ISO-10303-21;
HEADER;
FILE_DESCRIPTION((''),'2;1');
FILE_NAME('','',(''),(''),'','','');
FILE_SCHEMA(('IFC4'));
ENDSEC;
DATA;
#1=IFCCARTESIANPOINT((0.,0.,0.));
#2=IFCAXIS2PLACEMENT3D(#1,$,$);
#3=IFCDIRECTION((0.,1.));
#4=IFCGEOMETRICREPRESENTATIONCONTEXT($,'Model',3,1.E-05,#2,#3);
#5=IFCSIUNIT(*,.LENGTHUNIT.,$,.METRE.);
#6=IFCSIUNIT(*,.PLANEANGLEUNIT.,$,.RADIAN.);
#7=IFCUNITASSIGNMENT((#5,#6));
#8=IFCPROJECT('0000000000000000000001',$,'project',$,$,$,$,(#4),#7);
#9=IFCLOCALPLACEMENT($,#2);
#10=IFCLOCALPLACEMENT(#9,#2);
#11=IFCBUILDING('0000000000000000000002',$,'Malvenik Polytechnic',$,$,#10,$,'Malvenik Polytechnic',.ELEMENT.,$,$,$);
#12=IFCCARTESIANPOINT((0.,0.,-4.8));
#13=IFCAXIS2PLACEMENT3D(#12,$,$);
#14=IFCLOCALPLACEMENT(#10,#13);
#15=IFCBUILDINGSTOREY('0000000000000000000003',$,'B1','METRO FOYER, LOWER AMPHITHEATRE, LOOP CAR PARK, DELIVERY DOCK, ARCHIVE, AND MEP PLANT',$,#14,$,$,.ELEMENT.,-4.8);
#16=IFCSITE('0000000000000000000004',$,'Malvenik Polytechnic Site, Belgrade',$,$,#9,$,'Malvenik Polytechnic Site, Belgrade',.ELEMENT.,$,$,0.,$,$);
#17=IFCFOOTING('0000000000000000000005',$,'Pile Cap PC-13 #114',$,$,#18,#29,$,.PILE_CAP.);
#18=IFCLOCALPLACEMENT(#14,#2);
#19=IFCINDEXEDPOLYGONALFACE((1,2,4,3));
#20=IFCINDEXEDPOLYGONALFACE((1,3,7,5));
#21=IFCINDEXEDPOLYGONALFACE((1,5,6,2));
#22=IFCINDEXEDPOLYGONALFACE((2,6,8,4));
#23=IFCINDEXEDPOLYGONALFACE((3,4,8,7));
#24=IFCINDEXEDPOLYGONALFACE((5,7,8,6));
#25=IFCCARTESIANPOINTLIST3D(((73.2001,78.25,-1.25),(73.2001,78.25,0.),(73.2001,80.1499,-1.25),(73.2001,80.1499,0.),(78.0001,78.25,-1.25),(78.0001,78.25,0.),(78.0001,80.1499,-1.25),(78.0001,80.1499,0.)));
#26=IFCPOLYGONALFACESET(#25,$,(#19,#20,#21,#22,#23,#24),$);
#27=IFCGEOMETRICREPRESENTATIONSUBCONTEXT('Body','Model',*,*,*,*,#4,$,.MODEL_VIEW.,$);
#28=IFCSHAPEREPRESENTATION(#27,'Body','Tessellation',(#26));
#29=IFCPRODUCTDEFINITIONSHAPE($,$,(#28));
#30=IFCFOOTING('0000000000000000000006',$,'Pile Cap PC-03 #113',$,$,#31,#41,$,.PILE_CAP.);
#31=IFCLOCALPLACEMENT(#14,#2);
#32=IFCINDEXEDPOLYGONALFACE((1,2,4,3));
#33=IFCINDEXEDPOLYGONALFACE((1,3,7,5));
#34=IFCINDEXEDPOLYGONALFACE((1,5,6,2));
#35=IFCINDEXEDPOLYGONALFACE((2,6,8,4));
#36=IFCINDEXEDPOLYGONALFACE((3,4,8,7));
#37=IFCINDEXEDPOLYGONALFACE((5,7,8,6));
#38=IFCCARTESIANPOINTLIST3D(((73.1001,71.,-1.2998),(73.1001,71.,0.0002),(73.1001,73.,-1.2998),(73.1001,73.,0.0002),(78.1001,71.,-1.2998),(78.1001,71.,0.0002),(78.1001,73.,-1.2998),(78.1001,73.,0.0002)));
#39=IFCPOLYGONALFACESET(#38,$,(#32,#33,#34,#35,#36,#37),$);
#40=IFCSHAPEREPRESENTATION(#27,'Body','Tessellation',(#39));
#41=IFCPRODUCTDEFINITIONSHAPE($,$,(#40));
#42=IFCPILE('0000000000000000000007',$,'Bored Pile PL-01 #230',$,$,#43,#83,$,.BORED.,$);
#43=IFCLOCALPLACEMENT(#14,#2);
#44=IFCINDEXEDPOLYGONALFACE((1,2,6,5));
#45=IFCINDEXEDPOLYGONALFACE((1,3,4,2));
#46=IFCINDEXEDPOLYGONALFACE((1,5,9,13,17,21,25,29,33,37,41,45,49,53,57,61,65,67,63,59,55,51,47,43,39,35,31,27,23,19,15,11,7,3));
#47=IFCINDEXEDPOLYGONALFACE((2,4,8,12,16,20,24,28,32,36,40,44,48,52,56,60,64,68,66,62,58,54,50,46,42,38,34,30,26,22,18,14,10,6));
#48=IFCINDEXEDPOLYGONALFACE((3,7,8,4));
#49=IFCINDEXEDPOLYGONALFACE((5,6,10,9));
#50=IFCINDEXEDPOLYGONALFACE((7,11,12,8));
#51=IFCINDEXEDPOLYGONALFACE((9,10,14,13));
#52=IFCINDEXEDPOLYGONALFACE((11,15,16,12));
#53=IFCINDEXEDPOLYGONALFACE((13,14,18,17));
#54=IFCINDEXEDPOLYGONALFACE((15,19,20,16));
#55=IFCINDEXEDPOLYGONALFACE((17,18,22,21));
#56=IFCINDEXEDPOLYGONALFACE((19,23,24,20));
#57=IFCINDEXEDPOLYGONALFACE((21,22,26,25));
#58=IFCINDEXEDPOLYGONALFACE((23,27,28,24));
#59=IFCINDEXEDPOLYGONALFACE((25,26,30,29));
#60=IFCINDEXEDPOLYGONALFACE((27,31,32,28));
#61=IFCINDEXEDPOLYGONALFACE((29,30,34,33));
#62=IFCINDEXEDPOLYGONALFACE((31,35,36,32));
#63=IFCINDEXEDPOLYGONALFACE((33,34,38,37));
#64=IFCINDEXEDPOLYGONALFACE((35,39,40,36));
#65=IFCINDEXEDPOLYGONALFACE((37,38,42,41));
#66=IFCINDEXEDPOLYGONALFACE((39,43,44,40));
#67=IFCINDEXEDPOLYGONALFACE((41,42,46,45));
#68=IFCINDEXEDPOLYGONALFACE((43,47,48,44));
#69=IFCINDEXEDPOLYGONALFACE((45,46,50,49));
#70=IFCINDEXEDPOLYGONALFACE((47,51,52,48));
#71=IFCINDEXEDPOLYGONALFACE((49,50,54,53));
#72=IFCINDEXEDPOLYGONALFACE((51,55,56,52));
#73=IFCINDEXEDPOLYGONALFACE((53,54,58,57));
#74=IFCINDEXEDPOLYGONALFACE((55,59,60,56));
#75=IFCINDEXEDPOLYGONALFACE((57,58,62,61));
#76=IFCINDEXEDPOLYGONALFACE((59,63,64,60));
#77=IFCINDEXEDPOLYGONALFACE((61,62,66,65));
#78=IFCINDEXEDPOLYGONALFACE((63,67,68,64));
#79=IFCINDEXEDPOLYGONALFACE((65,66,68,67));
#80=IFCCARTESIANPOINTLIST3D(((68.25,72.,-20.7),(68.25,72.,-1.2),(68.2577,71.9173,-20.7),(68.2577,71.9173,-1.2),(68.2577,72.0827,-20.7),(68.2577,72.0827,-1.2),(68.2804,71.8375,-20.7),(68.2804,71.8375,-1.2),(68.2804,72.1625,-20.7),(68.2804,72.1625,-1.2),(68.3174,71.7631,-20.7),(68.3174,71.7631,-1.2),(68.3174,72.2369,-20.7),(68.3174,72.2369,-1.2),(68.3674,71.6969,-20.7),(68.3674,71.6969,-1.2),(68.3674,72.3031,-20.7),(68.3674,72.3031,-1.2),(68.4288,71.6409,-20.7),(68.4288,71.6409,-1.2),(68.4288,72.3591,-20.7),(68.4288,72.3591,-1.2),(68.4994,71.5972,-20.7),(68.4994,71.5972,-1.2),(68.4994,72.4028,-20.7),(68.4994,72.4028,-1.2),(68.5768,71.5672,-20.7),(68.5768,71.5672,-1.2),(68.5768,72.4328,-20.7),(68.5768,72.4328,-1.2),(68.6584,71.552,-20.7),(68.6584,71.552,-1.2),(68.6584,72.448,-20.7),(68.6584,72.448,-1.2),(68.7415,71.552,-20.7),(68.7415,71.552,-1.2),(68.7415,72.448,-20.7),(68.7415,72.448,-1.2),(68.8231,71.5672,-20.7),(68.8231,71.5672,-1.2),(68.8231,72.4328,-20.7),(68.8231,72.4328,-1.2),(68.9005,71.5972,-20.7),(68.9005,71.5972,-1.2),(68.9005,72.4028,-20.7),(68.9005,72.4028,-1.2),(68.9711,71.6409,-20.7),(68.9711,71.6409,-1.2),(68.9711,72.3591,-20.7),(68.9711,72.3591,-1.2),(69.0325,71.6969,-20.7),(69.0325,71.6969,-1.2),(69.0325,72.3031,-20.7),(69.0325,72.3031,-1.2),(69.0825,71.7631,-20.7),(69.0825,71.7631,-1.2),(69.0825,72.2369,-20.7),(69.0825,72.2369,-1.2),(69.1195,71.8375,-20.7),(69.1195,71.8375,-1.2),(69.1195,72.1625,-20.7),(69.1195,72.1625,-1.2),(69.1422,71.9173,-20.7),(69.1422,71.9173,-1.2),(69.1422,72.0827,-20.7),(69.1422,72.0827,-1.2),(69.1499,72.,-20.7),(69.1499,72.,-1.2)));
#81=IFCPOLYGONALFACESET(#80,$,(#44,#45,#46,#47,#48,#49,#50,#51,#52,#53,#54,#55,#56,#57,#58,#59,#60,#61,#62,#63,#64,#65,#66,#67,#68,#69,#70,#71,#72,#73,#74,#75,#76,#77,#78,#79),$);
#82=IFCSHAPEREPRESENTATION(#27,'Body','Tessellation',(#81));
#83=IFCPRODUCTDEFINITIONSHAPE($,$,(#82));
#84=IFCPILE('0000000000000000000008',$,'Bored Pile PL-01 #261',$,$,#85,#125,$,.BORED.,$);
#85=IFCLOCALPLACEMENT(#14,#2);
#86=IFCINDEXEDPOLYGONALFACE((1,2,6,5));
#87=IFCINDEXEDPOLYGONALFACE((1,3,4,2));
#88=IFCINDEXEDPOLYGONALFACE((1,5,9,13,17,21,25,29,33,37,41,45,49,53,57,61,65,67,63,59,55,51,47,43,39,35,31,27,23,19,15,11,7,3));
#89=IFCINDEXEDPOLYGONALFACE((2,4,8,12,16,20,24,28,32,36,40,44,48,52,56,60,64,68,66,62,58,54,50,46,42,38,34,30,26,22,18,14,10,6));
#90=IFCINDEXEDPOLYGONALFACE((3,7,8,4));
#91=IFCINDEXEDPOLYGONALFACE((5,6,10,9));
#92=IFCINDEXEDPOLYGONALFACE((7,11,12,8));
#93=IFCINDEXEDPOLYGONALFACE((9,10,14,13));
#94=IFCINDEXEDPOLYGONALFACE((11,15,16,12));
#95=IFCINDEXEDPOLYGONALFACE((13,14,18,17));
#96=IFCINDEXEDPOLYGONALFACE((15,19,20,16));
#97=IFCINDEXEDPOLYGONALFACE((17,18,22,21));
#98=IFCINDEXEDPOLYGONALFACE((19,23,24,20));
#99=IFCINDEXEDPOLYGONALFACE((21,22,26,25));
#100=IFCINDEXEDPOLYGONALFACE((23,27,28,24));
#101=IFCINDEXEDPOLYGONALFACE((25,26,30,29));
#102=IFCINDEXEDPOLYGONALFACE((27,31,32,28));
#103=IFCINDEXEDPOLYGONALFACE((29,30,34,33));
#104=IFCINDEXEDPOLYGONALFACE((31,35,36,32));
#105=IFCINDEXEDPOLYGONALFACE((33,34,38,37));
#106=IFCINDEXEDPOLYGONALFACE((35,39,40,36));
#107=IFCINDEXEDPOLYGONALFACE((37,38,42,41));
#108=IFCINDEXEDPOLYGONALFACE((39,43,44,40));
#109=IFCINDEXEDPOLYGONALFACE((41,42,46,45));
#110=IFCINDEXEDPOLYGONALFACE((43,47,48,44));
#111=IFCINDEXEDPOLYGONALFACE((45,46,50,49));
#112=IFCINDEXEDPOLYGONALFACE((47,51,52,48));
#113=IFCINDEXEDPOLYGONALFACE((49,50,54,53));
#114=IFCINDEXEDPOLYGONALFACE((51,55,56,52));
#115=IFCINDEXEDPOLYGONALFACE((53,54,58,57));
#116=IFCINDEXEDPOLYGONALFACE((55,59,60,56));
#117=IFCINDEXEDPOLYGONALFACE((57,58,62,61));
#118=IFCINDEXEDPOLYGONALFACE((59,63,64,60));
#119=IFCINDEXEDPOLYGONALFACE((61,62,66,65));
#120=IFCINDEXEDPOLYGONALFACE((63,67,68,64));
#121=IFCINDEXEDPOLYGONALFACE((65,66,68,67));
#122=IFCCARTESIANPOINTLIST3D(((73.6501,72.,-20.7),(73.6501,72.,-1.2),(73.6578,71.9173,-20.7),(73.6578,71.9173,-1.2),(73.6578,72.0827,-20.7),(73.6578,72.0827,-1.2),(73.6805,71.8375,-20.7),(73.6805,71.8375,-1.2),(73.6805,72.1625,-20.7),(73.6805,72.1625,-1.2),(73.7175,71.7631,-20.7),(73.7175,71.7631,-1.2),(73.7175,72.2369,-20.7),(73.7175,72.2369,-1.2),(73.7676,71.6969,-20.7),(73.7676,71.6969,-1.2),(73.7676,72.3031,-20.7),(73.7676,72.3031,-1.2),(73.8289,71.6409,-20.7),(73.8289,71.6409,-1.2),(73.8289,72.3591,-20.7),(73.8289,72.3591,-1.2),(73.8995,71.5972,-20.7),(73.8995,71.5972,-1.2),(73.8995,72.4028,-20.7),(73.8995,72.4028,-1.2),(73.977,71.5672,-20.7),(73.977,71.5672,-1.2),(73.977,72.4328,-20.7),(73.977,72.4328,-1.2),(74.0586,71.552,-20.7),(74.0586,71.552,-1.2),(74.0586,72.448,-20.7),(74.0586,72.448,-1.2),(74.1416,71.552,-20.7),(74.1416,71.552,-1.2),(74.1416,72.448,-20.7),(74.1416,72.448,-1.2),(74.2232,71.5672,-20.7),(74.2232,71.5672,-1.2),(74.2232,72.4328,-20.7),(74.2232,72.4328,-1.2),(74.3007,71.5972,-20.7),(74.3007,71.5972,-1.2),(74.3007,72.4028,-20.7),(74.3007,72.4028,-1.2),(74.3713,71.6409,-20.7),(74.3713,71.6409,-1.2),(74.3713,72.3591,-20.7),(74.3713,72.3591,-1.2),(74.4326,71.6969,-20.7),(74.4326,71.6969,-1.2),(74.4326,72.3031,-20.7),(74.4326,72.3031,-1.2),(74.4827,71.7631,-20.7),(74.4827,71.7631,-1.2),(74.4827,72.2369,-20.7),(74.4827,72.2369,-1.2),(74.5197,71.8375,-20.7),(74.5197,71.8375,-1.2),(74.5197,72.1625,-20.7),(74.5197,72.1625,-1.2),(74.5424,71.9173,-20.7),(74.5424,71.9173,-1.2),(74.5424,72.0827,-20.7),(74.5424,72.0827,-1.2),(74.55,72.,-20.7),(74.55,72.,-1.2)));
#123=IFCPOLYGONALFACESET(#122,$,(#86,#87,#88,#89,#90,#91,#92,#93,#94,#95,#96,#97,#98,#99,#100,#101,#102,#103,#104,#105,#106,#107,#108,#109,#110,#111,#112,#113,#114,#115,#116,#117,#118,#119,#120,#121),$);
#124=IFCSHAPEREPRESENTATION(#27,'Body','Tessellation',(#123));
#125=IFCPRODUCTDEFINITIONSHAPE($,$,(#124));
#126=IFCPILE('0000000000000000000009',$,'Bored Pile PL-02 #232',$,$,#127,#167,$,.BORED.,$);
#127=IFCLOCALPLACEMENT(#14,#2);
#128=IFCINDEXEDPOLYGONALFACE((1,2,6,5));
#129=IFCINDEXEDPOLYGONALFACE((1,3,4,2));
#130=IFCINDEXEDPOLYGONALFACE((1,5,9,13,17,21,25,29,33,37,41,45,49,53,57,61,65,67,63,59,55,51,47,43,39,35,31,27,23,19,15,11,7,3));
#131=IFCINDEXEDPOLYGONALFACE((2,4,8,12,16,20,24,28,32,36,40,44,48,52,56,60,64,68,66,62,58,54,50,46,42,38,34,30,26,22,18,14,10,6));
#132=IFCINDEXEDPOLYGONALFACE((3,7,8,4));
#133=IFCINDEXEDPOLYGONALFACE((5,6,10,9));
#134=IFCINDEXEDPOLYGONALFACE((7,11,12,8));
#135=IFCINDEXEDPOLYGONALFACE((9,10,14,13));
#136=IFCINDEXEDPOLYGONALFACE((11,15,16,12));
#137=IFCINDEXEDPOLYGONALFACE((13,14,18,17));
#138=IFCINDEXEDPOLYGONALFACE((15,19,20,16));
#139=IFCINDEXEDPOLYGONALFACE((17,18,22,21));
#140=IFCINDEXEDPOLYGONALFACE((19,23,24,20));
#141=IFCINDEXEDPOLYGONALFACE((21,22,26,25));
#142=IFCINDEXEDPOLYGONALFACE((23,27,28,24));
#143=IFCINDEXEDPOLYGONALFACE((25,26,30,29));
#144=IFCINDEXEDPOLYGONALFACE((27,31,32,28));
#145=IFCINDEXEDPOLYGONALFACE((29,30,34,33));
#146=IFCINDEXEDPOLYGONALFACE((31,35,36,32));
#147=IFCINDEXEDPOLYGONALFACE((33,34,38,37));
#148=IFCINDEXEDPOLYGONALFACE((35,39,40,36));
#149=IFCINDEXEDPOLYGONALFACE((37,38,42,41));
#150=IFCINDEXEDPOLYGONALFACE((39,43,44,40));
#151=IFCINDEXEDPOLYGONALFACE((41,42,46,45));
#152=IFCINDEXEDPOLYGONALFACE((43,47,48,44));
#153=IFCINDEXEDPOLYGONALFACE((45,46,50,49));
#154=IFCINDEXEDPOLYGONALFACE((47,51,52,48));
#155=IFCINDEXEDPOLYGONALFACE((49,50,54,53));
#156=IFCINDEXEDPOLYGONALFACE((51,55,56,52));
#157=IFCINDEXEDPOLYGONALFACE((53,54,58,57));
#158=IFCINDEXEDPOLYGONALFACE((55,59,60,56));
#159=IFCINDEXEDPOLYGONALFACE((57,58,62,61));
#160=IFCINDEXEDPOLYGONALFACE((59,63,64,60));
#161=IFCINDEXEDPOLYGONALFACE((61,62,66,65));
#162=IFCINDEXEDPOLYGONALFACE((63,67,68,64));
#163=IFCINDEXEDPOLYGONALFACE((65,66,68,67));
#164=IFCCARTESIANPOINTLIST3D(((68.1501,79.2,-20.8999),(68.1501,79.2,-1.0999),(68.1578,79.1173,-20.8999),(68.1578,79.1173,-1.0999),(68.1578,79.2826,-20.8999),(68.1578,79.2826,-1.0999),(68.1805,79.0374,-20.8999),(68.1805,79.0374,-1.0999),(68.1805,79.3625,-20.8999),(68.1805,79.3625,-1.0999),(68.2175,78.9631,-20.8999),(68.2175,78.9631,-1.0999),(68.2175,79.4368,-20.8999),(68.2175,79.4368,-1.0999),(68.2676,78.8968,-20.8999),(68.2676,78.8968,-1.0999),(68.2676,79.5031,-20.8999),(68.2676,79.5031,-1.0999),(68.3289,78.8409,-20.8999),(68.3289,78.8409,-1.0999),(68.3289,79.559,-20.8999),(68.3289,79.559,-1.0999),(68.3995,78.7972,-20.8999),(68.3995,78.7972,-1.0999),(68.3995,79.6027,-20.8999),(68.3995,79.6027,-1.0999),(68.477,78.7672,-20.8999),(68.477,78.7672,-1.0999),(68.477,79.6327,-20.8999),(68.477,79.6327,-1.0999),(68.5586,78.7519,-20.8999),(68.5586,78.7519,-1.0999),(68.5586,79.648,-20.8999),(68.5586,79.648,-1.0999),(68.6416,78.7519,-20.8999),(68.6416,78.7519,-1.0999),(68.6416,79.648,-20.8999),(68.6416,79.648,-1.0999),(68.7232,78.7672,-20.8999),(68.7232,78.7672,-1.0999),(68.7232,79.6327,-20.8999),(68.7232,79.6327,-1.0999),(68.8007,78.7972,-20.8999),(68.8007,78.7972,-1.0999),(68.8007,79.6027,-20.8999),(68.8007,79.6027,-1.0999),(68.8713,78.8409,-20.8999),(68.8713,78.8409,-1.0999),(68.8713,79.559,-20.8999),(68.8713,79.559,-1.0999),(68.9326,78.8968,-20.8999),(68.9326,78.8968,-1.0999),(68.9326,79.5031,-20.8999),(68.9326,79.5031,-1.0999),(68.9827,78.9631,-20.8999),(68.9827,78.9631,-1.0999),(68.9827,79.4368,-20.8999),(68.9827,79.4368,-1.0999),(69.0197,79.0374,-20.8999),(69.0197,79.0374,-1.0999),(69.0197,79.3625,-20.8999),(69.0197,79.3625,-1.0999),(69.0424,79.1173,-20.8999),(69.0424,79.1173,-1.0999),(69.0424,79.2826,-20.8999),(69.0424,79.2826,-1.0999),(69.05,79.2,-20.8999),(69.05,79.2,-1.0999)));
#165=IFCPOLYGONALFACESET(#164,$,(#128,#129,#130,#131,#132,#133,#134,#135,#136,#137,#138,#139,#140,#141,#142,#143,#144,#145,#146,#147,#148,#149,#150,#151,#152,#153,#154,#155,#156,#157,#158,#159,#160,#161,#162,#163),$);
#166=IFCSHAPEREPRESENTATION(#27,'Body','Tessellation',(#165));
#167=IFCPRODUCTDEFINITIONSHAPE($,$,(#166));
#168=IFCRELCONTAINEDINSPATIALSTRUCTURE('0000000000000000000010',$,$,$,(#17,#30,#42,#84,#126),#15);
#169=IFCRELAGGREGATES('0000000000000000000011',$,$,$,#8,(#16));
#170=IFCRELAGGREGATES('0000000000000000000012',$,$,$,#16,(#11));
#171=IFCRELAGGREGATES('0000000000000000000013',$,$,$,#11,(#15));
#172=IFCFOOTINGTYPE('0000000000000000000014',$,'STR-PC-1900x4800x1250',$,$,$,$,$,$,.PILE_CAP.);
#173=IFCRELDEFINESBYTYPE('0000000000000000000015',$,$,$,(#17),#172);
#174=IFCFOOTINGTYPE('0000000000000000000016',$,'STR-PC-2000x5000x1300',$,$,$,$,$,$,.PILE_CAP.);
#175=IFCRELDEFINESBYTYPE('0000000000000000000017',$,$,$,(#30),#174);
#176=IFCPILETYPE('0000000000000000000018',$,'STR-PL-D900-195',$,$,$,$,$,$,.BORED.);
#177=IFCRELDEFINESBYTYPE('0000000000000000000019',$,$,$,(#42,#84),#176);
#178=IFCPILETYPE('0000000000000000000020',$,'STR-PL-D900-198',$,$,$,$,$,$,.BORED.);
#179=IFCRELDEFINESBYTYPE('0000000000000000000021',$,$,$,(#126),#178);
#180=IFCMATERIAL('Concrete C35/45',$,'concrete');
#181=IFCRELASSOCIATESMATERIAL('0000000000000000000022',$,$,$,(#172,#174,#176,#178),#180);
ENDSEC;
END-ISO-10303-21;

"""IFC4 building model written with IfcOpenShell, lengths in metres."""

from ifc_helpers import new_model, si_unit, direction, frame, origin, origin_2d, place, context, subcontext, project, spatial, rectangle, circle, extrude, material, material_profile, profile_set, type_object, element, save


model = new_model("IFC4")

# Units and contexts
model_context = context("Model", 3, precision=1e-05, world=origin(), true_north=direction((0.0, 1.0)))
body_context = subcontext(model_context, "Body", "Model", "MODEL_VIEW")
ifc_project = project(units=[si_unit("LENGTHUNIT", "METRE"), si_unit("PLANEANGLEUNIT", "RADIAN")], contexts=[model_context])

# Site, building, storey
site_placement = place(None, origin())
site = spatial("IfcSite", under=ifc_project, at=site_placement, Name="Malvenik Polytechnic Site, Belgrade", LongName="Malvenik Polytechnic Site, Belgrade", CompositionType="ELEMENT", RefElevation=0.0)
building_placement = place(site_placement, origin())
building = spatial("IfcBuilding", under=site, at=building_placement, Name="Malvenik Polytechnic", LongName="Malvenik Polytechnic", CompositionType="ELEMENT")
storey_placement = place(building_placement, frame((0.0, 0.0, -4.8)))
storey = spatial("IfcBuildingStorey", under=building, at=storey_placement, Name="B1", Description="METRO FOYER, LOWER AMPHITHEATRE, LOOP CAR PARK, DELIVERY DOCK, ARCHIVE, AND MEP PLANT", CompositionType="ELEMENT", Elevation=-4.8)

# Footings
ifc_material_1 = material(Name="Concrete C35/45", Category="concrete")
footing_type_1 = type_object("IfcFootingType", Name="STR-PC-1900x4800x1250", PredefinedType="PILE_CAP", material=ifc_material_1)
footing_1_placement = place(storey_placement, frame((75.6001, 79.2, -1.25), z_axis=(0.0, 0.0, 1.0), x_axis=(1.0, 0.0, 0.0)))
element("IfcFooting", 1, at=footing_1_placement, inside=storey, type_object=footing_type_1, Name="Pile Cap PC-13 #114", PredefinedType="PILE_CAP", context=body_context, shape_type="SweptSolid", body=[
    extrude(rectangle(XDim=4.8, YDim=1.8999, at=origin_2d()), origin(), (0.0, 0.0, 1.0), 1.25),
])
footing_type_2 = type_object("IfcFootingType", Name="STR-PC-2000x5000x1300", PredefinedType="PILE_CAP", material=ifc_material_1)
footing_2_placement = place(storey_placement, frame((75.6001, 72.0, -1.2998), z_axis=(0.0, 0.0, 1.0), x_axis=(1.0, 0.0, 0.0)))
element("IfcFooting", 2, at=footing_2_placement, inside=storey, type_object=footing_type_2, Name="Pile Cap PC-03 #113", PredefinedType="PILE_CAP", context=body_context, shape_type="SweptSolid", body=[
    extrude(rectangle(XDim=5.0, YDim=2.0, at=origin_2d()), origin(), (0.0, 0.0, 1.0), 1.3),
])

# Piles
ifc_material_profile_1 = material_profile(ifc_material_1, circle(Radius=0.45, at=origin_2d()), Name="BORED PILE D900")
ifc_profile_set_1 = profile_set([ifc_material_profile_1], Name="Concrete C35/45")
pile_type_1 = type_object("IfcPileType", Name="STR-PL-D900-195", PredefinedType="BORED", material=ifc_profile_set_1)
for number, where, z_axis, x_axis, name in (
    (3, (68.7, 72.0, -1.2), (0.0, 0.0, -1.0), (1.0, 0.0, 0.0), "Bored Pile PL-01 #230"),
    (4, (74.1001, 72.0, -1.2), (0.0, 0.0, -1.0), (1.0, 0.0, 0.0), "Bored Pile PL-01 #261"),
):
    element("IfcPile", number, at=place(storey_placement, frame(where, z_axis=z_axis, x_axis=x_axis)), inside=storey, type_object=pile_type_1, Name=name, PredefinedType="BORED", context=body_context, shape_type="SweptSolid", body=[
        extrude(circle(Radius=0.45, at=origin_2d()), origin(), (0.0, 0.0, 1.0), 19.5),
    ])
ifc_material_profile_2 = material_profile(ifc_material_1, circle(Radius=0.45, at=origin_2d()), Name="BORED PILE D900")
ifc_profile_set_2 = profile_set([ifc_material_profile_2], Name="Concrete C35/45")
pile_type_2 = type_object("IfcPileType", Name="STR-PL-D900-198", PredefinedType="BORED", material=ifc_profile_set_2)
for number, where, z_axis, x_axis, name in (
    (5, (68.6001, 79.2, -1.0999), (0.0, 0.0, -1.0), (1.0, 0.0, 0.0), "Bored Pile PL-02 #232"),
):
    element("IfcPile", number, at=place(storey_placement, frame(where, z_axis=z_axis, x_axis=x_axis)), inside=storey, type_object=pile_type_2, Name=name, PredefinedType="BORED", context=body_context, shape_type="SweptSolid", body=[
        extrude(circle(Radius=0.45, at=origin_2d()), origin(), (0.0, 0.0, 1.0), 19.8),
    ])

save(model, "model.ifc")
